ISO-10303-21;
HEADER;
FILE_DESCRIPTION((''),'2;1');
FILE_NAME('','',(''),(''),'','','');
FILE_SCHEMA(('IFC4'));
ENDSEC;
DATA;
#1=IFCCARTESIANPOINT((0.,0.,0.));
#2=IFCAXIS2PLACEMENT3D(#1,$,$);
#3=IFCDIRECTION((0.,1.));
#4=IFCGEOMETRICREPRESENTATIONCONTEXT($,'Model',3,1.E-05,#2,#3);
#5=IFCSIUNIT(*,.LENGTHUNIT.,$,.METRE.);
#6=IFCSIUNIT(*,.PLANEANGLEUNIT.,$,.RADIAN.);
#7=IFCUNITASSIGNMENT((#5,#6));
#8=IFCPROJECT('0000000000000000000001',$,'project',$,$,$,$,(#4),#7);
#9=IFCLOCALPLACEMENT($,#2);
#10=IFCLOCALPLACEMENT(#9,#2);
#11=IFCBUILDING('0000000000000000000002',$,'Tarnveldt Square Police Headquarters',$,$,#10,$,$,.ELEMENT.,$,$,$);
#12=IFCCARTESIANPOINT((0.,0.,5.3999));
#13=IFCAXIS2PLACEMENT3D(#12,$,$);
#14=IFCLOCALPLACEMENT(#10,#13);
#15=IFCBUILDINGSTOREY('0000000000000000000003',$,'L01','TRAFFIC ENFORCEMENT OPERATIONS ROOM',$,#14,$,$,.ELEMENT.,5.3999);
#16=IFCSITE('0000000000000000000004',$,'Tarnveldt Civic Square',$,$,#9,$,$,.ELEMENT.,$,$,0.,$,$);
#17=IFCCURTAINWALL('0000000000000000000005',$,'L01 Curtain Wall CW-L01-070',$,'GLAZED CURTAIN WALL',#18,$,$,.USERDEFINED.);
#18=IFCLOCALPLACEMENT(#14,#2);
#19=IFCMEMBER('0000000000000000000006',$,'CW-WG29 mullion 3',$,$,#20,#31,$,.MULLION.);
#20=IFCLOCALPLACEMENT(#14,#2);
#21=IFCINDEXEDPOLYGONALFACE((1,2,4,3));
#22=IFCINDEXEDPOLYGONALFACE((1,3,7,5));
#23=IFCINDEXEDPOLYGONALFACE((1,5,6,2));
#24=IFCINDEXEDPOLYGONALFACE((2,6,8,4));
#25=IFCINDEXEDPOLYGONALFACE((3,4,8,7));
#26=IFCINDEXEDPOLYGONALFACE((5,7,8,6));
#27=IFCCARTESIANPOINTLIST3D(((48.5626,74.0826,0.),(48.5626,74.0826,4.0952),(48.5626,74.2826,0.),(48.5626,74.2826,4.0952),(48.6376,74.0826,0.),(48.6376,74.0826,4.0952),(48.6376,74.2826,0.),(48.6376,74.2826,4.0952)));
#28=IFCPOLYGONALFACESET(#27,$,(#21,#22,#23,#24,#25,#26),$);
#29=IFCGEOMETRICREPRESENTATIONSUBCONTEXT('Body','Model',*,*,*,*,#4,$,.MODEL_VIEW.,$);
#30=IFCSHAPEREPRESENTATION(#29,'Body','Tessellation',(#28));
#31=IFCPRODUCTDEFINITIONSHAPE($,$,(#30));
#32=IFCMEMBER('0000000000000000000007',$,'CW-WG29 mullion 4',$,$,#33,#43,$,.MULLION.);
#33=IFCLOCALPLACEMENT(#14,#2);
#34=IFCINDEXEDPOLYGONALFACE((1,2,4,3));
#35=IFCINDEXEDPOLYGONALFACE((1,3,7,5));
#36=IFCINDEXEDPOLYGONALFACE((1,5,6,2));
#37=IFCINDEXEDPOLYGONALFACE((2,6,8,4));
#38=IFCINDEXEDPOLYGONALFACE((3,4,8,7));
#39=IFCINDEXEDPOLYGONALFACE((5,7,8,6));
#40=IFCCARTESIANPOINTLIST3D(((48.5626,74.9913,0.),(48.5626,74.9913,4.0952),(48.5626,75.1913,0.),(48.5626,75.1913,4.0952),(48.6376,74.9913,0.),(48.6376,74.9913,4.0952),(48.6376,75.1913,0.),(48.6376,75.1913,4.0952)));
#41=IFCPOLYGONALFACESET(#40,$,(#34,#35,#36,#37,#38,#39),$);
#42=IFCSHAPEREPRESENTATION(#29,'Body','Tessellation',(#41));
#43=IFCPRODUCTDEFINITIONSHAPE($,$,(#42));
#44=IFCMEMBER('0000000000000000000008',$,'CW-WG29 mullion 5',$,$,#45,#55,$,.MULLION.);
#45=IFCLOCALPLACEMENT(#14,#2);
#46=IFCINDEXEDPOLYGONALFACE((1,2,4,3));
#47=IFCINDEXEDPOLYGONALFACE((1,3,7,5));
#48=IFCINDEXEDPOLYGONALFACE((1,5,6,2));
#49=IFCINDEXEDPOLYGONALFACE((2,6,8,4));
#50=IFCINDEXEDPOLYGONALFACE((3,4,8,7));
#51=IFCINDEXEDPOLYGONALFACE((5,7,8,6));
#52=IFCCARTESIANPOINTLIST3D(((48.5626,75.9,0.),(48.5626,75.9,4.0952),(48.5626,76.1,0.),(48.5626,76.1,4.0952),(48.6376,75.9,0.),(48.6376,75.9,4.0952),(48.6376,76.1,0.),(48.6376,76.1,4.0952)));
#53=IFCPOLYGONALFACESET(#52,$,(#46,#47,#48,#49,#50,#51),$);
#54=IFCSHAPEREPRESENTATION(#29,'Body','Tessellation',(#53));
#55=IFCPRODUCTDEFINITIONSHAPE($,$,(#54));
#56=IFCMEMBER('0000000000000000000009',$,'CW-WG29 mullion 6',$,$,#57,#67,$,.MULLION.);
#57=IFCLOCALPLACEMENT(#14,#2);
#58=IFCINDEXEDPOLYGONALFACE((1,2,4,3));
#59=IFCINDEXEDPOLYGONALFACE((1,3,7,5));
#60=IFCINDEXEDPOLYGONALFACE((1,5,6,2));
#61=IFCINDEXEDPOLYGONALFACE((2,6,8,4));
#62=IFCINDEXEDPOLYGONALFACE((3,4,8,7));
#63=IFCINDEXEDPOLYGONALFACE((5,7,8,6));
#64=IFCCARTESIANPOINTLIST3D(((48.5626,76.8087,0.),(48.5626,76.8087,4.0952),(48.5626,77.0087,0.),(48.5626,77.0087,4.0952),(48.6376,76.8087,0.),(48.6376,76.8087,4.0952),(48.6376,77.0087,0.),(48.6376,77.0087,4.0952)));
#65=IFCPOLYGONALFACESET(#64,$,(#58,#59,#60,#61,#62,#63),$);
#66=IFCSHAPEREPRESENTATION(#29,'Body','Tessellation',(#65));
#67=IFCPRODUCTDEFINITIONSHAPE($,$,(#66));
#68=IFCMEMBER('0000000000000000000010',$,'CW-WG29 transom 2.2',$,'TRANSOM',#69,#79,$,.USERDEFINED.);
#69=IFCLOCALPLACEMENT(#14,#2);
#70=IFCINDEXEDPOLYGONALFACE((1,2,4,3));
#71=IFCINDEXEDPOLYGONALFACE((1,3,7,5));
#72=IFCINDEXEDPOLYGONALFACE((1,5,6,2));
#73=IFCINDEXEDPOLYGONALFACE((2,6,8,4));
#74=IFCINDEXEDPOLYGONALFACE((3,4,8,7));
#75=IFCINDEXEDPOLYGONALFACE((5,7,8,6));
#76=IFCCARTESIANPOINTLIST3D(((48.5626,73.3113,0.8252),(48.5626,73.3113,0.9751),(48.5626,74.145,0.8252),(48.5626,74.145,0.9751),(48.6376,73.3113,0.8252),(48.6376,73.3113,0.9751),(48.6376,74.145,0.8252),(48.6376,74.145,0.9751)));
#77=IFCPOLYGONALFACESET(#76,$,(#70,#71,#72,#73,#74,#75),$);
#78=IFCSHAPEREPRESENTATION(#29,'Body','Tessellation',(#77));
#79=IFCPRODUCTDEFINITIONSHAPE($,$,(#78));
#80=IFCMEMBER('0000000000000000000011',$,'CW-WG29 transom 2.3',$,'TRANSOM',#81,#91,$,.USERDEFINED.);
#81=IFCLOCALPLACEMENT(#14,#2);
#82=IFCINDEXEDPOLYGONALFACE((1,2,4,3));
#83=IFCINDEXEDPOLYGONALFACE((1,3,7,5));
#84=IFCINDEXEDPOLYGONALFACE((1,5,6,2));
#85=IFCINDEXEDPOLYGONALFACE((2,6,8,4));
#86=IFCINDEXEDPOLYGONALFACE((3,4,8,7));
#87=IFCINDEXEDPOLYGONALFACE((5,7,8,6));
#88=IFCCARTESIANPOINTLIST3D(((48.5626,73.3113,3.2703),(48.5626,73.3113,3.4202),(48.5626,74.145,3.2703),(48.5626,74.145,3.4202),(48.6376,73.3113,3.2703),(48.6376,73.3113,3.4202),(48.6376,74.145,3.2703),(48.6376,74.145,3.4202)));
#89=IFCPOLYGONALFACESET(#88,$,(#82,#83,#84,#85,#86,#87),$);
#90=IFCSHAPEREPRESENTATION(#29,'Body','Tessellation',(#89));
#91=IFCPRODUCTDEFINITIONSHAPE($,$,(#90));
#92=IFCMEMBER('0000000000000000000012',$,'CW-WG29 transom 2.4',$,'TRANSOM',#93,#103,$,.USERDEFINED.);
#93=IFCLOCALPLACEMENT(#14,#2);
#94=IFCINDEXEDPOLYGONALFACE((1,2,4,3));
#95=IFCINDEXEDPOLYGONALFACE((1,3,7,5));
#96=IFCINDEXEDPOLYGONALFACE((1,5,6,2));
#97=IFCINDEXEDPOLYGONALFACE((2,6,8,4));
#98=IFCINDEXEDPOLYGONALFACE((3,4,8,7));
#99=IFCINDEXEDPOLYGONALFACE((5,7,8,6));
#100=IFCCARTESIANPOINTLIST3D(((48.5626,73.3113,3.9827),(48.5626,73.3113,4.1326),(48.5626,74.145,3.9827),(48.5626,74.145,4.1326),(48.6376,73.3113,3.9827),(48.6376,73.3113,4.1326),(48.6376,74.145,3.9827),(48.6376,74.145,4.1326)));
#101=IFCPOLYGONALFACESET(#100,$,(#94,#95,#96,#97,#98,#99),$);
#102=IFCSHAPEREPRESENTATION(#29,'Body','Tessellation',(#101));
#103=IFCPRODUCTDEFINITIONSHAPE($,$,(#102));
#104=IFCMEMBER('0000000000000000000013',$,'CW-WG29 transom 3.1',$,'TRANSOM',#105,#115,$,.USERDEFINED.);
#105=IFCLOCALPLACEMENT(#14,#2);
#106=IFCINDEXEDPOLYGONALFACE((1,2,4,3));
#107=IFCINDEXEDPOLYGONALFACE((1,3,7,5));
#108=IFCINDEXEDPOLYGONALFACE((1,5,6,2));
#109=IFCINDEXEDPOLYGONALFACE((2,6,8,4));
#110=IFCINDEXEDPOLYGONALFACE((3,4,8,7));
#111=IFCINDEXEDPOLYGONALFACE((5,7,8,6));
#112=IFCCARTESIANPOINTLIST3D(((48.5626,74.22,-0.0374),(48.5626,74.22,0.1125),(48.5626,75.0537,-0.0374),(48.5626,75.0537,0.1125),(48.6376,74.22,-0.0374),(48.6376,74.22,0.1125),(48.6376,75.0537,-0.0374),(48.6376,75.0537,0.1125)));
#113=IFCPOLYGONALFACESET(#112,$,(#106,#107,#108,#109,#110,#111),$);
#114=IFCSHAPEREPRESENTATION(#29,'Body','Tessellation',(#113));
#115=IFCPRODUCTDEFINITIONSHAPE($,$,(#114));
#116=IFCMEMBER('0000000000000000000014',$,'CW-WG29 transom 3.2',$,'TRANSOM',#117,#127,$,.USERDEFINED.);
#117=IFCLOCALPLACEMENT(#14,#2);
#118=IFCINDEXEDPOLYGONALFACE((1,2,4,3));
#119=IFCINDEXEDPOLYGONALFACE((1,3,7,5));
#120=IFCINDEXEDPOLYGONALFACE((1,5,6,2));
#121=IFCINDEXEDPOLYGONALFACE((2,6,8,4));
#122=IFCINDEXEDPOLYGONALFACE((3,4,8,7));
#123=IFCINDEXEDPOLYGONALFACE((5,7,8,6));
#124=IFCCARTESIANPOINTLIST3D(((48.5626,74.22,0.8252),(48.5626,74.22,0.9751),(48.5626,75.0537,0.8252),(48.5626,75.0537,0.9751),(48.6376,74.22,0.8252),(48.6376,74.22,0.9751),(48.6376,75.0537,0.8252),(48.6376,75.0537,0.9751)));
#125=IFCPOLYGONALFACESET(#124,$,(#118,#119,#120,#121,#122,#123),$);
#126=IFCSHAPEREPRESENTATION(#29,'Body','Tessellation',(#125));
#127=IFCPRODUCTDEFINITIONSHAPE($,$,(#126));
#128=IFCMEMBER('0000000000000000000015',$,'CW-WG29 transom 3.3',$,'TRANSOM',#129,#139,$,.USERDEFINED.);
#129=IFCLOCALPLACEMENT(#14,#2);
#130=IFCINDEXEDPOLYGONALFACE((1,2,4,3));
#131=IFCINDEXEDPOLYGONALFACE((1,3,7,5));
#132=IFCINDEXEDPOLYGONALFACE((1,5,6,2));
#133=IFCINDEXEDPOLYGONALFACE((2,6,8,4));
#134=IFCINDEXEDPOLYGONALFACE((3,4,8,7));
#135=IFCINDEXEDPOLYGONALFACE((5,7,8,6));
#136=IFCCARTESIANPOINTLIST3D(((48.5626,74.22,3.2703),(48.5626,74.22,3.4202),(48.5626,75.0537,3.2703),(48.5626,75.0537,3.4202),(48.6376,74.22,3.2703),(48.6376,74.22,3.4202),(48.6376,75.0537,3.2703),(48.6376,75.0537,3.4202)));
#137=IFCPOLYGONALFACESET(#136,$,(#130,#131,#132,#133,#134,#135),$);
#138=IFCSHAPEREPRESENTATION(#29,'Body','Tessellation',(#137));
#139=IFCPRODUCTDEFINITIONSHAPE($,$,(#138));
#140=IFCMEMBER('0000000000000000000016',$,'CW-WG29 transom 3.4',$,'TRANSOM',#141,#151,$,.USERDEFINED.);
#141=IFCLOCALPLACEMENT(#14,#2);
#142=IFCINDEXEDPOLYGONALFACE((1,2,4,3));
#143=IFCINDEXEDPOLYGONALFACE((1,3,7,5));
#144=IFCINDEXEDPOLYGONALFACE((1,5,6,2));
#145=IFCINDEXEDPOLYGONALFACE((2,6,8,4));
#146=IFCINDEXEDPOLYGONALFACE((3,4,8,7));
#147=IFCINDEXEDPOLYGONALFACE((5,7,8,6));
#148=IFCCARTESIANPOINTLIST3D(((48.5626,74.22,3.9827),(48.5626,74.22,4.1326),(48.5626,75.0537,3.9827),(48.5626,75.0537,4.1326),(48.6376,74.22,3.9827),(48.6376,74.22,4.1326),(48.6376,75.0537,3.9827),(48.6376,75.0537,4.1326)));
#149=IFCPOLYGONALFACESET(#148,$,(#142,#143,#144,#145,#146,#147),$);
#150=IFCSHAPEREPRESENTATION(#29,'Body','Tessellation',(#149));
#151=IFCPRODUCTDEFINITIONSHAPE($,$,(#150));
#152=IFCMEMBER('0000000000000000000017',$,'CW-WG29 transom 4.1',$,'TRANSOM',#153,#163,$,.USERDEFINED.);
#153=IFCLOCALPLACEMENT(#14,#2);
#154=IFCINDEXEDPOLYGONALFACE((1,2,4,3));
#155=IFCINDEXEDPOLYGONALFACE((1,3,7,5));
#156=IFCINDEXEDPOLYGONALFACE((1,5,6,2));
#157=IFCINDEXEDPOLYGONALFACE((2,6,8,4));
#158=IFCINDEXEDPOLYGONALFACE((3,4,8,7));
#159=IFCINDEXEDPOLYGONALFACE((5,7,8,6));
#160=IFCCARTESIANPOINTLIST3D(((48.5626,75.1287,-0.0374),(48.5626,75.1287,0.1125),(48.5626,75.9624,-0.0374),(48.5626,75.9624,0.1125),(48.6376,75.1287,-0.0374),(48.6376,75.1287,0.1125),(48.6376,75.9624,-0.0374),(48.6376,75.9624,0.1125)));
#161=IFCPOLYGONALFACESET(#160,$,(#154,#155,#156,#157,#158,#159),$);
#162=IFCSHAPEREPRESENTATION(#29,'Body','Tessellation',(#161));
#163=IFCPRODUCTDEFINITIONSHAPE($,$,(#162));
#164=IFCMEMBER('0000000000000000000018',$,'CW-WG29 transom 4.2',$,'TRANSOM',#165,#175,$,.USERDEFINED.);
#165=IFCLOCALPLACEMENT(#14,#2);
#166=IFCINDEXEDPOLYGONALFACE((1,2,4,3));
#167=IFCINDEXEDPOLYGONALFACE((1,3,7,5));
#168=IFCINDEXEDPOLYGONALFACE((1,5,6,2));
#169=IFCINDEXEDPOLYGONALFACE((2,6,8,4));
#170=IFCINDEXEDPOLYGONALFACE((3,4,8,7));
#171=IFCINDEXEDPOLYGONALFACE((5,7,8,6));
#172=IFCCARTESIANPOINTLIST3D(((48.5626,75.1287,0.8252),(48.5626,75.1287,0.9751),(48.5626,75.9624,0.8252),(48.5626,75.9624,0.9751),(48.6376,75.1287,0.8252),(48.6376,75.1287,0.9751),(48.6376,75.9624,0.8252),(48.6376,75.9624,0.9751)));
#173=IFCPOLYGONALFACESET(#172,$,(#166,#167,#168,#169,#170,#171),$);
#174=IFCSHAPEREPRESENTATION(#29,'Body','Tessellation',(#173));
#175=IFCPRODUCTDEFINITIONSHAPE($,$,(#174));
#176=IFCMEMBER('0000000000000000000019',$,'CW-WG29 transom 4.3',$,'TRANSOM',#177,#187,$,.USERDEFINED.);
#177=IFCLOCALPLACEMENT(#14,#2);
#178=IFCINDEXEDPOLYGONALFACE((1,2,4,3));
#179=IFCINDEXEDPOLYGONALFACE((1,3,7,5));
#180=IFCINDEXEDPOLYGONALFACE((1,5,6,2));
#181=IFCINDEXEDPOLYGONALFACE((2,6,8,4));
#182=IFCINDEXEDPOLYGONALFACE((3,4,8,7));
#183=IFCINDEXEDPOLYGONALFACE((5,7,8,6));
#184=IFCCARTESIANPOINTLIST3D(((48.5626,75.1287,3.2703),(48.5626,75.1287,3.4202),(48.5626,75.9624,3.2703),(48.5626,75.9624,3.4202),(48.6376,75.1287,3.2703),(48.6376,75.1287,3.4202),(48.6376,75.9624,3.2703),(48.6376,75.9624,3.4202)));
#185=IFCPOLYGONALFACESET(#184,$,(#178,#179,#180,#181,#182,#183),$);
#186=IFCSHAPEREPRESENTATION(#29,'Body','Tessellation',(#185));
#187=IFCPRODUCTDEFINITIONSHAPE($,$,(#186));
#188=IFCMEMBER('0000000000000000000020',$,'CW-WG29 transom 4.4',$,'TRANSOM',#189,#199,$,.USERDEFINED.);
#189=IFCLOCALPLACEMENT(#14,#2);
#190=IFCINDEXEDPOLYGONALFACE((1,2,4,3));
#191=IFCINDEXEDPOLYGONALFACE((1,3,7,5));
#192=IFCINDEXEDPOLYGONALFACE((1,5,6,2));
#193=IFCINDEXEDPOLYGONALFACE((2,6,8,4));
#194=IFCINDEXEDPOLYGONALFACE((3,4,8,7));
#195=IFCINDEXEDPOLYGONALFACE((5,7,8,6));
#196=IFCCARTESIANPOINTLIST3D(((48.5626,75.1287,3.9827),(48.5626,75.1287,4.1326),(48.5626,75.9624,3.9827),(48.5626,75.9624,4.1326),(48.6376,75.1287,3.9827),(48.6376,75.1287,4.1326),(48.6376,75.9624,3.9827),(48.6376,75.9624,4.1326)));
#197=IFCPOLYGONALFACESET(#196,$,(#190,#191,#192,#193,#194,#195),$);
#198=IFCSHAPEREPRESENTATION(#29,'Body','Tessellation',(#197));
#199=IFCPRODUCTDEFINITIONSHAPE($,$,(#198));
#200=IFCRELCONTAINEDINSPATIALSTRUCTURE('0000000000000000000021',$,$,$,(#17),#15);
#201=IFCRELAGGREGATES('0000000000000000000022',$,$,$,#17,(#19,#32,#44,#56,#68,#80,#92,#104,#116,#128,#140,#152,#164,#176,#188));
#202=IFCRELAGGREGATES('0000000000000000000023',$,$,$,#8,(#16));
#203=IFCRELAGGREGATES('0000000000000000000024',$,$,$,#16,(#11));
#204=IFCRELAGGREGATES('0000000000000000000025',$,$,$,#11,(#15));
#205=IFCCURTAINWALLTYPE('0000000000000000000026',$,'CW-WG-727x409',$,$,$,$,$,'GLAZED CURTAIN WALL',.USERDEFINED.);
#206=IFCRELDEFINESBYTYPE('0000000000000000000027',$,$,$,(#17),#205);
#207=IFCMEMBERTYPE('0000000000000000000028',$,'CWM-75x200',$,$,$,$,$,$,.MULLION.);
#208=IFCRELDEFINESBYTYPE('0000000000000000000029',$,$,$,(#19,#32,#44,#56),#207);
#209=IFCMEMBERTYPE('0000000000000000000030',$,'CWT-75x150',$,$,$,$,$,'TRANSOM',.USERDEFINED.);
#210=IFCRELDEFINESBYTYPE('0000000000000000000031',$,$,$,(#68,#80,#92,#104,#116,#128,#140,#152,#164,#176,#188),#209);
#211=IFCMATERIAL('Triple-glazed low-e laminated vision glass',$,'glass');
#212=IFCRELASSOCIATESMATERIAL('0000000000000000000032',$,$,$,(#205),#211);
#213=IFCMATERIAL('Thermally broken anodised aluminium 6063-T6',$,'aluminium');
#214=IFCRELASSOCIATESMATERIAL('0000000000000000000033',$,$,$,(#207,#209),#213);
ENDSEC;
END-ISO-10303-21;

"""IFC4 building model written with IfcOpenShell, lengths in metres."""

from ifc_helpers import new_model, si_unit, direction, frame, origin, origin_2d, place, context, subcontext, project, spatial, rectangle, extrude, material, material_profile, profile_set, type_object, element, aggregate, save


model = new_model("IFC4")

# Units and contexts
model_context = context("Model", 3, precision=1e-05, world=origin(), true_north=direction((0.0, 1.0)))
body_context = subcontext(model_context, "Body", "Model", "MODEL_VIEW")
ifc_project = project(units=[si_unit("LENGTHUNIT", "METRE"), si_unit("PLANEANGLEUNIT", "RADIAN")], contexts=[model_context])

# Site, building, storey
site_placement = place(None, origin())
site = spatial("IfcSite", under=ifc_project, at=site_placement, Name="Tarnveldt Civic Square", CompositionType="ELEMENT", RefElevation=0.0)
building_placement = place(site_placement, origin())
building = spatial("IfcBuilding", under=site, at=building_placement, Name="Tarnveldt Square Police Headquarters", CompositionType="ELEMENT")
storey_placement = place(building_placement, frame((0.0, 0.0, 5.3999)))
storey = spatial("IfcBuildingStorey", under=building, at=storey_placement, Name="L01", Description="TRAFFIC ENFORCEMENT OPERATIONS ROOM", CompositionType="ELEMENT", Elevation=5.3999)

# Curtain wall, members
ifc_material_1 = material(Name="Triple-glazed low-e laminated vision glass", Category="glass")
curtain_wall_type = type_object("IfcCurtainWallType", Name="CW-WG-727x409", ElementType="GLAZED CURTAIN WALL", PredefinedType="USERDEFINED", material=ifc_material_1)
curtain_wall_placement = place(storey_placement, origin())
curtain_wall = element("IfcCurtainWall", 1, at=curtain_wall_placement, inside=storey, type_object=curtain_wall_type, Name="L01 Curtain Wall CW-L01-070", ObjectType="GLAZED CURTAIN WALL", PredefinedType="USERDEFINED")
ifc_material_2 = material(Name="Thermally broken anodised aluminium 6063-T6", Category="aluminium")
ifc_material_profile_1 = material_profile(ifc_material_2, rectangle(XDim=0.075, YDim=0.2, at=origin_2d()), Name="CW-M75x200")
ifc_profile_set_1 = profile_set([ifc_material_profile_1], Name="Thermally broken anodised aluminium 6063-T6")
member_type_1 = type_object("IfcMemberType", Name="CWM-75x200", PredefinedType="MULLION", material=ifc_profile_set_1)
member_1_placement = place(storey_placement, frame((48.6001, 74.1826, 0.0), z_axis=(0.0, 0.0, 1.0), x_axis=(-1.0, 0.0, 0.0)))
member_1 = element("IfcMember", 2, at=member_1_placement, type_object=member_type_1, Name="CW-WG29 mullion 3", PredefinedType="MULLION", context=body_context, shape_type="SweptSolid", body=[
    extrude(rectangle(XDim=0.075, YDim=0.2, at=origin_2d()), origin(), (0.0, 0.0, 1.0), 4.0952),
])
member_2_placement = place(storey_placement, frame((48.6001, 75.0913, 0.0), z_axis=(0.0, 0.0, 1.0), x_axis=(-1.0, 0.0, 0.0)))
member_2 = element("IfcMember", 3, at=member_2_placement, type_object=member_type_1, Name="CW-WG29 mullion 4", PredefinedType="MULLION", context=body_context, shape_type="SweptSolid", body=[
    extrude(rectangle(XDim=0.075, YDim=0.2, at=origin_2d()), origin(), (0.0, 0.0, 1.0), 4.0952),
])
member_3_placement = place(storey_placement, frame((48.6001, 76.0, 0.0), z_axis=(0.0, 0.0, 1.0), x_axis=(-1.0, 0.0, 0.0)))
member_3 = element("IfcMember", 4, at=member_3_placement, type_object=member_type_1, Name="CW-WG29 mullion 5", PredefinedType="MULLION", context=body_context, shape_type="SweptSolid", body=[
    extrude(rectangle(XDim=0.075, YDim=0.2, at=origin_2d()), origin(), (0.0, 0.0, 1.0), 4.0952),
])
member_4_placement = place(storey_placement, frame((48.6001, 76.9087, 0.0), z_axis=(0.0, 0.0, 1.0), x_axis=(-1.0, 0.0, 0.0)))
member_4 = element("IfcMember", 5, at=member_4_placement, type_object=member_type_1, Name="CW-WG29 mullion 6", PredefinedType="MULLION", context=body_context, shape_type="SweptSolid", body=[
    extrude(rectangle(XDim=0.075, YDim=0.2, at=origin_2d()), origin(), (0.0, 0.0, 1.0), 4.0952),
])
ifc_material_profile_2 = material_profile(ifc_material_2, rectangle(XDim=0.075, YDim=0.1499, at=origin_2d()), Name="CW-T75x150")
ifc_profile_set_2 = profile_set([ifc_material_profile_2], Name="Thermally broken anodised aluminium 6063-T6")
member_type_2 = type_object("IfcMemberType", Name="CWT-75x150", ElementType="TRANSOM", PredefinedType="USERDEFINED", material=ifc_profile_set_2)
member_5_placement = place(storey_placement, frame((48.6001, 73.3113, 0.9001), z_axis=(0.0, 1.0, 0.0), x_axis=(-1.0, 0.0, 0.0)))
member_5 = element("IfcMember", 6, at=member_5_placement, type_object=member_type_2, Name="CW-WG29 transom 2.2", ObjectType="TRANSOM", PredefinedType="USERDEFINED", context=body_context, shape_type="SweptSolid", body=[
    extrude(rectangle(XDim=0.075, YDim=0.1499, at=origin_2d()), origin(), (0.0, 0.0, 1.0), 0.8337),
])
member_6_placement = place(storey_placement, frame((48.6001, 73.3113, 3.3452), z_axis=(0.0, 1.0, 0.0), x_axis=(-1.0, 0.0, 0.0)))
member_6 = element("IfcMember", 7, at=member_6_placement, type_object=member_type_2, Name="CW-WG29 transom 2.3", ObjectType="TRANSOM", PredefinedType="USERDEFINED", context=body_context, shape_type="SweptSolid", body=[
    extrude(rectangle(XDim=0.075, YDim=0.1499, at=origin_2d()), origin(), (0.0, 0.0, 1.0), 0.8337),
])
member_7_placement = place(storey_placement, frame((48.6001, 73.3113, 4.0576), z_axis=(0.0, 1.0, 0.0), x_axis=(-1.0, 0.0, 0.0)))
member_7 = element("IfcMember", 8, at=member_7_placement, type_object=member_type_2, Name="CW-WG29 transom 2.4", ObjectType="TRANSOM", PredefinedType="USERDEFINED", context=body_context, shape_type="SweptSolid", body=[
    extrude(rectangle(XDim=0.075, YDim=0.1499, at=origin_2d()), origin(), (0.0, 0.0, 1.0), 0.8337),
])
member_8_placement = place(storey_placement, frame((48.6001, 74.22, 0.0376), z_axis=(0.0, 1.0, 0.0), x_axis=(-1.0, 0.0, 0.0)))
member_8 = element("IfcMember", 9, at=member_8_placement, type_object=member_type_2, Name="CW-WG29 transom 3.1", ObjectType="TRANSOM", PredefinedType="USERDEFINED", context=body_context, shape_type="SweptSolid", body=[
    extrude(rectangle(XDim=0.075, YDim=0.1499, at=origin_2d()), origin(), (0.0, 0.0, 1.0), 0.8337),
])
member_9_placement = place(storey_placement, frame((48.6001, 74.22, 0.9001), z_axis=(0.0, 1.0, 0.0), x_axis=(-1.0, 0.0, 0.0)))
member_9 = element("IfcMember", 10, at=member_9_placement, type_object=member_type_2, Name="CW-WG29 transom 3.2", ObjectType="TRANSOM", PredefinedType="USERDEFINED", context=body_context, shape_type="SweptSolid", body=[
    extrude(rectangle(XDim=0.075, YDim=0.1499, at=origin_2d()), origin(), (0.0, 0.0, 1.0), 0.8337),
])
member_10_placement = place(storey_placement, frame((48.6001, 74.22, 3.3452), z_axis=(0.0, 1.0, 0.0), x_axis=(-1.0, 0.0, 0.0)))
member_10 = element("IfcMember", 11, at=member_10_placement, type_object=member_type_2, Name="CW-WG29 transom 3.3", ObjectType="TRANSOM", PredefinedType="USERDEFINED", context=body_context, shape_type="SweptSolid", body=[
    extrude(rectangle(XDim=0.075, YDim=0.1499, at=origin_2d()), origin(), (0.0, 0.0, 1.0), 0.8337),
])
member_11_placement = place(storey_placement, frame((48.6001, 74.22, 4.0576), z_axis=(0.0, 1.0, 0.0), x_axis=(-1.0, 0.0, 0.0)))
member_11 = element("IfcMember", 12, at=member_11_placement, type_object=member_type_2, Name="CW-WG29 transom 3.4", ObjectType="TRANSOM", PredefinedType="USERDEFINED", context=body_context, shape_type="SweptSolid", body=[
    extrude(rectangle(XDim=0.075, YDim=0.1499, at=origin_2d()), origin(), (0.0, 0.0, 1.0), 0.8337),
])
member_12_placement = place(storey_placement, frame((48.6001, 75.1287, 0.0376), z_axis=(0.0, 1.0, 0.0), x_axis=(-1.0, 0.0, 0.0)))
member_12 = element("IfcMember", 13, at=member_12_placement, type_object=member_type_2, Name="CW-WG29 transom 4.1", ObjectType="TRANSOM", PredefinedType="USERDEFINED", context=body_context, shape_type="SweptSolid", body=[
    extrude(rectangle(XDim=0.075, YDim=0.1499, at=origin_2d()), origin(), (0.0, 0.0, 1.0), 0.8337),
])
member_13_placement = place(storey_placement, frame((48.6001, 75.1287, 0.9001), z_axis=(0.0, 1.0, 0.0), x_axis=(-1.0, 0.0, 0.0)))
member_13 = element("IfcMember", 14, at=member_13_placement, type_object=member_type_2, Name="CW-WG29 transom 4.2", ObjectType="TRANSOM", PredefinedType="USERDEFINED", context=body_context, shape_type="SweptSolid", body=[
    extrude(rectangle(XDim=0.075, YDim=0.1499, at=origin_2d()), origin(), (0.0, 0.0, 1.0), 0.8337),
])
member_14_placement = place(storey_placement, frame((48.6001, 75.1287, 3.3452), z_axis=(0.0, 1.0, 0.0), x_axis=(-1.0, 0.0, 0.0)))
member_14 = element("IfcMember", 15, at=member_14_placement, type_object=member_type_2, Name="CW-WG29 transom 4.3", ObjectType="TRANSOM", PredefinedType="USERDEFINED", context=body_context, shape_type="SweptSolid", body=[
    extrude(rectangle(XDim=0.075, YDim=0.1499, at=origin_2d()), origin(), (0.0, 0.0, 1.0), 0.8337),
])
member_15_placement = place(storey_placement, frame((48.6001, 75.1287, 4.0576), z_axis=(0.0, 1.0, 0.0), x_axis=(-1.0, 0.0, 0.0)))
member_15 = element("IfcMember", 16, at=member_15_placement, type_object=member_type_2, Name="CW-WG29 transom 4.4", ObjectType="TRANSOM", PredefinedType="USERDEFINED", context=body_context, shape_type="SweptSolid", body=[
    extrude(rectangle(XDim=0.075, YDim=0.1499, at=origin_2d()), origin(), (0.0, 0.0, 1.0), 0.8337),
])
aggregate(curtain_wall, [member_1, member_2, member_3, member_4, member_5, member_6, member_7, member_8, member_9, member_10, member_11, member_12, member_13, member_14, member_15])

save(model, "model.ifc")
